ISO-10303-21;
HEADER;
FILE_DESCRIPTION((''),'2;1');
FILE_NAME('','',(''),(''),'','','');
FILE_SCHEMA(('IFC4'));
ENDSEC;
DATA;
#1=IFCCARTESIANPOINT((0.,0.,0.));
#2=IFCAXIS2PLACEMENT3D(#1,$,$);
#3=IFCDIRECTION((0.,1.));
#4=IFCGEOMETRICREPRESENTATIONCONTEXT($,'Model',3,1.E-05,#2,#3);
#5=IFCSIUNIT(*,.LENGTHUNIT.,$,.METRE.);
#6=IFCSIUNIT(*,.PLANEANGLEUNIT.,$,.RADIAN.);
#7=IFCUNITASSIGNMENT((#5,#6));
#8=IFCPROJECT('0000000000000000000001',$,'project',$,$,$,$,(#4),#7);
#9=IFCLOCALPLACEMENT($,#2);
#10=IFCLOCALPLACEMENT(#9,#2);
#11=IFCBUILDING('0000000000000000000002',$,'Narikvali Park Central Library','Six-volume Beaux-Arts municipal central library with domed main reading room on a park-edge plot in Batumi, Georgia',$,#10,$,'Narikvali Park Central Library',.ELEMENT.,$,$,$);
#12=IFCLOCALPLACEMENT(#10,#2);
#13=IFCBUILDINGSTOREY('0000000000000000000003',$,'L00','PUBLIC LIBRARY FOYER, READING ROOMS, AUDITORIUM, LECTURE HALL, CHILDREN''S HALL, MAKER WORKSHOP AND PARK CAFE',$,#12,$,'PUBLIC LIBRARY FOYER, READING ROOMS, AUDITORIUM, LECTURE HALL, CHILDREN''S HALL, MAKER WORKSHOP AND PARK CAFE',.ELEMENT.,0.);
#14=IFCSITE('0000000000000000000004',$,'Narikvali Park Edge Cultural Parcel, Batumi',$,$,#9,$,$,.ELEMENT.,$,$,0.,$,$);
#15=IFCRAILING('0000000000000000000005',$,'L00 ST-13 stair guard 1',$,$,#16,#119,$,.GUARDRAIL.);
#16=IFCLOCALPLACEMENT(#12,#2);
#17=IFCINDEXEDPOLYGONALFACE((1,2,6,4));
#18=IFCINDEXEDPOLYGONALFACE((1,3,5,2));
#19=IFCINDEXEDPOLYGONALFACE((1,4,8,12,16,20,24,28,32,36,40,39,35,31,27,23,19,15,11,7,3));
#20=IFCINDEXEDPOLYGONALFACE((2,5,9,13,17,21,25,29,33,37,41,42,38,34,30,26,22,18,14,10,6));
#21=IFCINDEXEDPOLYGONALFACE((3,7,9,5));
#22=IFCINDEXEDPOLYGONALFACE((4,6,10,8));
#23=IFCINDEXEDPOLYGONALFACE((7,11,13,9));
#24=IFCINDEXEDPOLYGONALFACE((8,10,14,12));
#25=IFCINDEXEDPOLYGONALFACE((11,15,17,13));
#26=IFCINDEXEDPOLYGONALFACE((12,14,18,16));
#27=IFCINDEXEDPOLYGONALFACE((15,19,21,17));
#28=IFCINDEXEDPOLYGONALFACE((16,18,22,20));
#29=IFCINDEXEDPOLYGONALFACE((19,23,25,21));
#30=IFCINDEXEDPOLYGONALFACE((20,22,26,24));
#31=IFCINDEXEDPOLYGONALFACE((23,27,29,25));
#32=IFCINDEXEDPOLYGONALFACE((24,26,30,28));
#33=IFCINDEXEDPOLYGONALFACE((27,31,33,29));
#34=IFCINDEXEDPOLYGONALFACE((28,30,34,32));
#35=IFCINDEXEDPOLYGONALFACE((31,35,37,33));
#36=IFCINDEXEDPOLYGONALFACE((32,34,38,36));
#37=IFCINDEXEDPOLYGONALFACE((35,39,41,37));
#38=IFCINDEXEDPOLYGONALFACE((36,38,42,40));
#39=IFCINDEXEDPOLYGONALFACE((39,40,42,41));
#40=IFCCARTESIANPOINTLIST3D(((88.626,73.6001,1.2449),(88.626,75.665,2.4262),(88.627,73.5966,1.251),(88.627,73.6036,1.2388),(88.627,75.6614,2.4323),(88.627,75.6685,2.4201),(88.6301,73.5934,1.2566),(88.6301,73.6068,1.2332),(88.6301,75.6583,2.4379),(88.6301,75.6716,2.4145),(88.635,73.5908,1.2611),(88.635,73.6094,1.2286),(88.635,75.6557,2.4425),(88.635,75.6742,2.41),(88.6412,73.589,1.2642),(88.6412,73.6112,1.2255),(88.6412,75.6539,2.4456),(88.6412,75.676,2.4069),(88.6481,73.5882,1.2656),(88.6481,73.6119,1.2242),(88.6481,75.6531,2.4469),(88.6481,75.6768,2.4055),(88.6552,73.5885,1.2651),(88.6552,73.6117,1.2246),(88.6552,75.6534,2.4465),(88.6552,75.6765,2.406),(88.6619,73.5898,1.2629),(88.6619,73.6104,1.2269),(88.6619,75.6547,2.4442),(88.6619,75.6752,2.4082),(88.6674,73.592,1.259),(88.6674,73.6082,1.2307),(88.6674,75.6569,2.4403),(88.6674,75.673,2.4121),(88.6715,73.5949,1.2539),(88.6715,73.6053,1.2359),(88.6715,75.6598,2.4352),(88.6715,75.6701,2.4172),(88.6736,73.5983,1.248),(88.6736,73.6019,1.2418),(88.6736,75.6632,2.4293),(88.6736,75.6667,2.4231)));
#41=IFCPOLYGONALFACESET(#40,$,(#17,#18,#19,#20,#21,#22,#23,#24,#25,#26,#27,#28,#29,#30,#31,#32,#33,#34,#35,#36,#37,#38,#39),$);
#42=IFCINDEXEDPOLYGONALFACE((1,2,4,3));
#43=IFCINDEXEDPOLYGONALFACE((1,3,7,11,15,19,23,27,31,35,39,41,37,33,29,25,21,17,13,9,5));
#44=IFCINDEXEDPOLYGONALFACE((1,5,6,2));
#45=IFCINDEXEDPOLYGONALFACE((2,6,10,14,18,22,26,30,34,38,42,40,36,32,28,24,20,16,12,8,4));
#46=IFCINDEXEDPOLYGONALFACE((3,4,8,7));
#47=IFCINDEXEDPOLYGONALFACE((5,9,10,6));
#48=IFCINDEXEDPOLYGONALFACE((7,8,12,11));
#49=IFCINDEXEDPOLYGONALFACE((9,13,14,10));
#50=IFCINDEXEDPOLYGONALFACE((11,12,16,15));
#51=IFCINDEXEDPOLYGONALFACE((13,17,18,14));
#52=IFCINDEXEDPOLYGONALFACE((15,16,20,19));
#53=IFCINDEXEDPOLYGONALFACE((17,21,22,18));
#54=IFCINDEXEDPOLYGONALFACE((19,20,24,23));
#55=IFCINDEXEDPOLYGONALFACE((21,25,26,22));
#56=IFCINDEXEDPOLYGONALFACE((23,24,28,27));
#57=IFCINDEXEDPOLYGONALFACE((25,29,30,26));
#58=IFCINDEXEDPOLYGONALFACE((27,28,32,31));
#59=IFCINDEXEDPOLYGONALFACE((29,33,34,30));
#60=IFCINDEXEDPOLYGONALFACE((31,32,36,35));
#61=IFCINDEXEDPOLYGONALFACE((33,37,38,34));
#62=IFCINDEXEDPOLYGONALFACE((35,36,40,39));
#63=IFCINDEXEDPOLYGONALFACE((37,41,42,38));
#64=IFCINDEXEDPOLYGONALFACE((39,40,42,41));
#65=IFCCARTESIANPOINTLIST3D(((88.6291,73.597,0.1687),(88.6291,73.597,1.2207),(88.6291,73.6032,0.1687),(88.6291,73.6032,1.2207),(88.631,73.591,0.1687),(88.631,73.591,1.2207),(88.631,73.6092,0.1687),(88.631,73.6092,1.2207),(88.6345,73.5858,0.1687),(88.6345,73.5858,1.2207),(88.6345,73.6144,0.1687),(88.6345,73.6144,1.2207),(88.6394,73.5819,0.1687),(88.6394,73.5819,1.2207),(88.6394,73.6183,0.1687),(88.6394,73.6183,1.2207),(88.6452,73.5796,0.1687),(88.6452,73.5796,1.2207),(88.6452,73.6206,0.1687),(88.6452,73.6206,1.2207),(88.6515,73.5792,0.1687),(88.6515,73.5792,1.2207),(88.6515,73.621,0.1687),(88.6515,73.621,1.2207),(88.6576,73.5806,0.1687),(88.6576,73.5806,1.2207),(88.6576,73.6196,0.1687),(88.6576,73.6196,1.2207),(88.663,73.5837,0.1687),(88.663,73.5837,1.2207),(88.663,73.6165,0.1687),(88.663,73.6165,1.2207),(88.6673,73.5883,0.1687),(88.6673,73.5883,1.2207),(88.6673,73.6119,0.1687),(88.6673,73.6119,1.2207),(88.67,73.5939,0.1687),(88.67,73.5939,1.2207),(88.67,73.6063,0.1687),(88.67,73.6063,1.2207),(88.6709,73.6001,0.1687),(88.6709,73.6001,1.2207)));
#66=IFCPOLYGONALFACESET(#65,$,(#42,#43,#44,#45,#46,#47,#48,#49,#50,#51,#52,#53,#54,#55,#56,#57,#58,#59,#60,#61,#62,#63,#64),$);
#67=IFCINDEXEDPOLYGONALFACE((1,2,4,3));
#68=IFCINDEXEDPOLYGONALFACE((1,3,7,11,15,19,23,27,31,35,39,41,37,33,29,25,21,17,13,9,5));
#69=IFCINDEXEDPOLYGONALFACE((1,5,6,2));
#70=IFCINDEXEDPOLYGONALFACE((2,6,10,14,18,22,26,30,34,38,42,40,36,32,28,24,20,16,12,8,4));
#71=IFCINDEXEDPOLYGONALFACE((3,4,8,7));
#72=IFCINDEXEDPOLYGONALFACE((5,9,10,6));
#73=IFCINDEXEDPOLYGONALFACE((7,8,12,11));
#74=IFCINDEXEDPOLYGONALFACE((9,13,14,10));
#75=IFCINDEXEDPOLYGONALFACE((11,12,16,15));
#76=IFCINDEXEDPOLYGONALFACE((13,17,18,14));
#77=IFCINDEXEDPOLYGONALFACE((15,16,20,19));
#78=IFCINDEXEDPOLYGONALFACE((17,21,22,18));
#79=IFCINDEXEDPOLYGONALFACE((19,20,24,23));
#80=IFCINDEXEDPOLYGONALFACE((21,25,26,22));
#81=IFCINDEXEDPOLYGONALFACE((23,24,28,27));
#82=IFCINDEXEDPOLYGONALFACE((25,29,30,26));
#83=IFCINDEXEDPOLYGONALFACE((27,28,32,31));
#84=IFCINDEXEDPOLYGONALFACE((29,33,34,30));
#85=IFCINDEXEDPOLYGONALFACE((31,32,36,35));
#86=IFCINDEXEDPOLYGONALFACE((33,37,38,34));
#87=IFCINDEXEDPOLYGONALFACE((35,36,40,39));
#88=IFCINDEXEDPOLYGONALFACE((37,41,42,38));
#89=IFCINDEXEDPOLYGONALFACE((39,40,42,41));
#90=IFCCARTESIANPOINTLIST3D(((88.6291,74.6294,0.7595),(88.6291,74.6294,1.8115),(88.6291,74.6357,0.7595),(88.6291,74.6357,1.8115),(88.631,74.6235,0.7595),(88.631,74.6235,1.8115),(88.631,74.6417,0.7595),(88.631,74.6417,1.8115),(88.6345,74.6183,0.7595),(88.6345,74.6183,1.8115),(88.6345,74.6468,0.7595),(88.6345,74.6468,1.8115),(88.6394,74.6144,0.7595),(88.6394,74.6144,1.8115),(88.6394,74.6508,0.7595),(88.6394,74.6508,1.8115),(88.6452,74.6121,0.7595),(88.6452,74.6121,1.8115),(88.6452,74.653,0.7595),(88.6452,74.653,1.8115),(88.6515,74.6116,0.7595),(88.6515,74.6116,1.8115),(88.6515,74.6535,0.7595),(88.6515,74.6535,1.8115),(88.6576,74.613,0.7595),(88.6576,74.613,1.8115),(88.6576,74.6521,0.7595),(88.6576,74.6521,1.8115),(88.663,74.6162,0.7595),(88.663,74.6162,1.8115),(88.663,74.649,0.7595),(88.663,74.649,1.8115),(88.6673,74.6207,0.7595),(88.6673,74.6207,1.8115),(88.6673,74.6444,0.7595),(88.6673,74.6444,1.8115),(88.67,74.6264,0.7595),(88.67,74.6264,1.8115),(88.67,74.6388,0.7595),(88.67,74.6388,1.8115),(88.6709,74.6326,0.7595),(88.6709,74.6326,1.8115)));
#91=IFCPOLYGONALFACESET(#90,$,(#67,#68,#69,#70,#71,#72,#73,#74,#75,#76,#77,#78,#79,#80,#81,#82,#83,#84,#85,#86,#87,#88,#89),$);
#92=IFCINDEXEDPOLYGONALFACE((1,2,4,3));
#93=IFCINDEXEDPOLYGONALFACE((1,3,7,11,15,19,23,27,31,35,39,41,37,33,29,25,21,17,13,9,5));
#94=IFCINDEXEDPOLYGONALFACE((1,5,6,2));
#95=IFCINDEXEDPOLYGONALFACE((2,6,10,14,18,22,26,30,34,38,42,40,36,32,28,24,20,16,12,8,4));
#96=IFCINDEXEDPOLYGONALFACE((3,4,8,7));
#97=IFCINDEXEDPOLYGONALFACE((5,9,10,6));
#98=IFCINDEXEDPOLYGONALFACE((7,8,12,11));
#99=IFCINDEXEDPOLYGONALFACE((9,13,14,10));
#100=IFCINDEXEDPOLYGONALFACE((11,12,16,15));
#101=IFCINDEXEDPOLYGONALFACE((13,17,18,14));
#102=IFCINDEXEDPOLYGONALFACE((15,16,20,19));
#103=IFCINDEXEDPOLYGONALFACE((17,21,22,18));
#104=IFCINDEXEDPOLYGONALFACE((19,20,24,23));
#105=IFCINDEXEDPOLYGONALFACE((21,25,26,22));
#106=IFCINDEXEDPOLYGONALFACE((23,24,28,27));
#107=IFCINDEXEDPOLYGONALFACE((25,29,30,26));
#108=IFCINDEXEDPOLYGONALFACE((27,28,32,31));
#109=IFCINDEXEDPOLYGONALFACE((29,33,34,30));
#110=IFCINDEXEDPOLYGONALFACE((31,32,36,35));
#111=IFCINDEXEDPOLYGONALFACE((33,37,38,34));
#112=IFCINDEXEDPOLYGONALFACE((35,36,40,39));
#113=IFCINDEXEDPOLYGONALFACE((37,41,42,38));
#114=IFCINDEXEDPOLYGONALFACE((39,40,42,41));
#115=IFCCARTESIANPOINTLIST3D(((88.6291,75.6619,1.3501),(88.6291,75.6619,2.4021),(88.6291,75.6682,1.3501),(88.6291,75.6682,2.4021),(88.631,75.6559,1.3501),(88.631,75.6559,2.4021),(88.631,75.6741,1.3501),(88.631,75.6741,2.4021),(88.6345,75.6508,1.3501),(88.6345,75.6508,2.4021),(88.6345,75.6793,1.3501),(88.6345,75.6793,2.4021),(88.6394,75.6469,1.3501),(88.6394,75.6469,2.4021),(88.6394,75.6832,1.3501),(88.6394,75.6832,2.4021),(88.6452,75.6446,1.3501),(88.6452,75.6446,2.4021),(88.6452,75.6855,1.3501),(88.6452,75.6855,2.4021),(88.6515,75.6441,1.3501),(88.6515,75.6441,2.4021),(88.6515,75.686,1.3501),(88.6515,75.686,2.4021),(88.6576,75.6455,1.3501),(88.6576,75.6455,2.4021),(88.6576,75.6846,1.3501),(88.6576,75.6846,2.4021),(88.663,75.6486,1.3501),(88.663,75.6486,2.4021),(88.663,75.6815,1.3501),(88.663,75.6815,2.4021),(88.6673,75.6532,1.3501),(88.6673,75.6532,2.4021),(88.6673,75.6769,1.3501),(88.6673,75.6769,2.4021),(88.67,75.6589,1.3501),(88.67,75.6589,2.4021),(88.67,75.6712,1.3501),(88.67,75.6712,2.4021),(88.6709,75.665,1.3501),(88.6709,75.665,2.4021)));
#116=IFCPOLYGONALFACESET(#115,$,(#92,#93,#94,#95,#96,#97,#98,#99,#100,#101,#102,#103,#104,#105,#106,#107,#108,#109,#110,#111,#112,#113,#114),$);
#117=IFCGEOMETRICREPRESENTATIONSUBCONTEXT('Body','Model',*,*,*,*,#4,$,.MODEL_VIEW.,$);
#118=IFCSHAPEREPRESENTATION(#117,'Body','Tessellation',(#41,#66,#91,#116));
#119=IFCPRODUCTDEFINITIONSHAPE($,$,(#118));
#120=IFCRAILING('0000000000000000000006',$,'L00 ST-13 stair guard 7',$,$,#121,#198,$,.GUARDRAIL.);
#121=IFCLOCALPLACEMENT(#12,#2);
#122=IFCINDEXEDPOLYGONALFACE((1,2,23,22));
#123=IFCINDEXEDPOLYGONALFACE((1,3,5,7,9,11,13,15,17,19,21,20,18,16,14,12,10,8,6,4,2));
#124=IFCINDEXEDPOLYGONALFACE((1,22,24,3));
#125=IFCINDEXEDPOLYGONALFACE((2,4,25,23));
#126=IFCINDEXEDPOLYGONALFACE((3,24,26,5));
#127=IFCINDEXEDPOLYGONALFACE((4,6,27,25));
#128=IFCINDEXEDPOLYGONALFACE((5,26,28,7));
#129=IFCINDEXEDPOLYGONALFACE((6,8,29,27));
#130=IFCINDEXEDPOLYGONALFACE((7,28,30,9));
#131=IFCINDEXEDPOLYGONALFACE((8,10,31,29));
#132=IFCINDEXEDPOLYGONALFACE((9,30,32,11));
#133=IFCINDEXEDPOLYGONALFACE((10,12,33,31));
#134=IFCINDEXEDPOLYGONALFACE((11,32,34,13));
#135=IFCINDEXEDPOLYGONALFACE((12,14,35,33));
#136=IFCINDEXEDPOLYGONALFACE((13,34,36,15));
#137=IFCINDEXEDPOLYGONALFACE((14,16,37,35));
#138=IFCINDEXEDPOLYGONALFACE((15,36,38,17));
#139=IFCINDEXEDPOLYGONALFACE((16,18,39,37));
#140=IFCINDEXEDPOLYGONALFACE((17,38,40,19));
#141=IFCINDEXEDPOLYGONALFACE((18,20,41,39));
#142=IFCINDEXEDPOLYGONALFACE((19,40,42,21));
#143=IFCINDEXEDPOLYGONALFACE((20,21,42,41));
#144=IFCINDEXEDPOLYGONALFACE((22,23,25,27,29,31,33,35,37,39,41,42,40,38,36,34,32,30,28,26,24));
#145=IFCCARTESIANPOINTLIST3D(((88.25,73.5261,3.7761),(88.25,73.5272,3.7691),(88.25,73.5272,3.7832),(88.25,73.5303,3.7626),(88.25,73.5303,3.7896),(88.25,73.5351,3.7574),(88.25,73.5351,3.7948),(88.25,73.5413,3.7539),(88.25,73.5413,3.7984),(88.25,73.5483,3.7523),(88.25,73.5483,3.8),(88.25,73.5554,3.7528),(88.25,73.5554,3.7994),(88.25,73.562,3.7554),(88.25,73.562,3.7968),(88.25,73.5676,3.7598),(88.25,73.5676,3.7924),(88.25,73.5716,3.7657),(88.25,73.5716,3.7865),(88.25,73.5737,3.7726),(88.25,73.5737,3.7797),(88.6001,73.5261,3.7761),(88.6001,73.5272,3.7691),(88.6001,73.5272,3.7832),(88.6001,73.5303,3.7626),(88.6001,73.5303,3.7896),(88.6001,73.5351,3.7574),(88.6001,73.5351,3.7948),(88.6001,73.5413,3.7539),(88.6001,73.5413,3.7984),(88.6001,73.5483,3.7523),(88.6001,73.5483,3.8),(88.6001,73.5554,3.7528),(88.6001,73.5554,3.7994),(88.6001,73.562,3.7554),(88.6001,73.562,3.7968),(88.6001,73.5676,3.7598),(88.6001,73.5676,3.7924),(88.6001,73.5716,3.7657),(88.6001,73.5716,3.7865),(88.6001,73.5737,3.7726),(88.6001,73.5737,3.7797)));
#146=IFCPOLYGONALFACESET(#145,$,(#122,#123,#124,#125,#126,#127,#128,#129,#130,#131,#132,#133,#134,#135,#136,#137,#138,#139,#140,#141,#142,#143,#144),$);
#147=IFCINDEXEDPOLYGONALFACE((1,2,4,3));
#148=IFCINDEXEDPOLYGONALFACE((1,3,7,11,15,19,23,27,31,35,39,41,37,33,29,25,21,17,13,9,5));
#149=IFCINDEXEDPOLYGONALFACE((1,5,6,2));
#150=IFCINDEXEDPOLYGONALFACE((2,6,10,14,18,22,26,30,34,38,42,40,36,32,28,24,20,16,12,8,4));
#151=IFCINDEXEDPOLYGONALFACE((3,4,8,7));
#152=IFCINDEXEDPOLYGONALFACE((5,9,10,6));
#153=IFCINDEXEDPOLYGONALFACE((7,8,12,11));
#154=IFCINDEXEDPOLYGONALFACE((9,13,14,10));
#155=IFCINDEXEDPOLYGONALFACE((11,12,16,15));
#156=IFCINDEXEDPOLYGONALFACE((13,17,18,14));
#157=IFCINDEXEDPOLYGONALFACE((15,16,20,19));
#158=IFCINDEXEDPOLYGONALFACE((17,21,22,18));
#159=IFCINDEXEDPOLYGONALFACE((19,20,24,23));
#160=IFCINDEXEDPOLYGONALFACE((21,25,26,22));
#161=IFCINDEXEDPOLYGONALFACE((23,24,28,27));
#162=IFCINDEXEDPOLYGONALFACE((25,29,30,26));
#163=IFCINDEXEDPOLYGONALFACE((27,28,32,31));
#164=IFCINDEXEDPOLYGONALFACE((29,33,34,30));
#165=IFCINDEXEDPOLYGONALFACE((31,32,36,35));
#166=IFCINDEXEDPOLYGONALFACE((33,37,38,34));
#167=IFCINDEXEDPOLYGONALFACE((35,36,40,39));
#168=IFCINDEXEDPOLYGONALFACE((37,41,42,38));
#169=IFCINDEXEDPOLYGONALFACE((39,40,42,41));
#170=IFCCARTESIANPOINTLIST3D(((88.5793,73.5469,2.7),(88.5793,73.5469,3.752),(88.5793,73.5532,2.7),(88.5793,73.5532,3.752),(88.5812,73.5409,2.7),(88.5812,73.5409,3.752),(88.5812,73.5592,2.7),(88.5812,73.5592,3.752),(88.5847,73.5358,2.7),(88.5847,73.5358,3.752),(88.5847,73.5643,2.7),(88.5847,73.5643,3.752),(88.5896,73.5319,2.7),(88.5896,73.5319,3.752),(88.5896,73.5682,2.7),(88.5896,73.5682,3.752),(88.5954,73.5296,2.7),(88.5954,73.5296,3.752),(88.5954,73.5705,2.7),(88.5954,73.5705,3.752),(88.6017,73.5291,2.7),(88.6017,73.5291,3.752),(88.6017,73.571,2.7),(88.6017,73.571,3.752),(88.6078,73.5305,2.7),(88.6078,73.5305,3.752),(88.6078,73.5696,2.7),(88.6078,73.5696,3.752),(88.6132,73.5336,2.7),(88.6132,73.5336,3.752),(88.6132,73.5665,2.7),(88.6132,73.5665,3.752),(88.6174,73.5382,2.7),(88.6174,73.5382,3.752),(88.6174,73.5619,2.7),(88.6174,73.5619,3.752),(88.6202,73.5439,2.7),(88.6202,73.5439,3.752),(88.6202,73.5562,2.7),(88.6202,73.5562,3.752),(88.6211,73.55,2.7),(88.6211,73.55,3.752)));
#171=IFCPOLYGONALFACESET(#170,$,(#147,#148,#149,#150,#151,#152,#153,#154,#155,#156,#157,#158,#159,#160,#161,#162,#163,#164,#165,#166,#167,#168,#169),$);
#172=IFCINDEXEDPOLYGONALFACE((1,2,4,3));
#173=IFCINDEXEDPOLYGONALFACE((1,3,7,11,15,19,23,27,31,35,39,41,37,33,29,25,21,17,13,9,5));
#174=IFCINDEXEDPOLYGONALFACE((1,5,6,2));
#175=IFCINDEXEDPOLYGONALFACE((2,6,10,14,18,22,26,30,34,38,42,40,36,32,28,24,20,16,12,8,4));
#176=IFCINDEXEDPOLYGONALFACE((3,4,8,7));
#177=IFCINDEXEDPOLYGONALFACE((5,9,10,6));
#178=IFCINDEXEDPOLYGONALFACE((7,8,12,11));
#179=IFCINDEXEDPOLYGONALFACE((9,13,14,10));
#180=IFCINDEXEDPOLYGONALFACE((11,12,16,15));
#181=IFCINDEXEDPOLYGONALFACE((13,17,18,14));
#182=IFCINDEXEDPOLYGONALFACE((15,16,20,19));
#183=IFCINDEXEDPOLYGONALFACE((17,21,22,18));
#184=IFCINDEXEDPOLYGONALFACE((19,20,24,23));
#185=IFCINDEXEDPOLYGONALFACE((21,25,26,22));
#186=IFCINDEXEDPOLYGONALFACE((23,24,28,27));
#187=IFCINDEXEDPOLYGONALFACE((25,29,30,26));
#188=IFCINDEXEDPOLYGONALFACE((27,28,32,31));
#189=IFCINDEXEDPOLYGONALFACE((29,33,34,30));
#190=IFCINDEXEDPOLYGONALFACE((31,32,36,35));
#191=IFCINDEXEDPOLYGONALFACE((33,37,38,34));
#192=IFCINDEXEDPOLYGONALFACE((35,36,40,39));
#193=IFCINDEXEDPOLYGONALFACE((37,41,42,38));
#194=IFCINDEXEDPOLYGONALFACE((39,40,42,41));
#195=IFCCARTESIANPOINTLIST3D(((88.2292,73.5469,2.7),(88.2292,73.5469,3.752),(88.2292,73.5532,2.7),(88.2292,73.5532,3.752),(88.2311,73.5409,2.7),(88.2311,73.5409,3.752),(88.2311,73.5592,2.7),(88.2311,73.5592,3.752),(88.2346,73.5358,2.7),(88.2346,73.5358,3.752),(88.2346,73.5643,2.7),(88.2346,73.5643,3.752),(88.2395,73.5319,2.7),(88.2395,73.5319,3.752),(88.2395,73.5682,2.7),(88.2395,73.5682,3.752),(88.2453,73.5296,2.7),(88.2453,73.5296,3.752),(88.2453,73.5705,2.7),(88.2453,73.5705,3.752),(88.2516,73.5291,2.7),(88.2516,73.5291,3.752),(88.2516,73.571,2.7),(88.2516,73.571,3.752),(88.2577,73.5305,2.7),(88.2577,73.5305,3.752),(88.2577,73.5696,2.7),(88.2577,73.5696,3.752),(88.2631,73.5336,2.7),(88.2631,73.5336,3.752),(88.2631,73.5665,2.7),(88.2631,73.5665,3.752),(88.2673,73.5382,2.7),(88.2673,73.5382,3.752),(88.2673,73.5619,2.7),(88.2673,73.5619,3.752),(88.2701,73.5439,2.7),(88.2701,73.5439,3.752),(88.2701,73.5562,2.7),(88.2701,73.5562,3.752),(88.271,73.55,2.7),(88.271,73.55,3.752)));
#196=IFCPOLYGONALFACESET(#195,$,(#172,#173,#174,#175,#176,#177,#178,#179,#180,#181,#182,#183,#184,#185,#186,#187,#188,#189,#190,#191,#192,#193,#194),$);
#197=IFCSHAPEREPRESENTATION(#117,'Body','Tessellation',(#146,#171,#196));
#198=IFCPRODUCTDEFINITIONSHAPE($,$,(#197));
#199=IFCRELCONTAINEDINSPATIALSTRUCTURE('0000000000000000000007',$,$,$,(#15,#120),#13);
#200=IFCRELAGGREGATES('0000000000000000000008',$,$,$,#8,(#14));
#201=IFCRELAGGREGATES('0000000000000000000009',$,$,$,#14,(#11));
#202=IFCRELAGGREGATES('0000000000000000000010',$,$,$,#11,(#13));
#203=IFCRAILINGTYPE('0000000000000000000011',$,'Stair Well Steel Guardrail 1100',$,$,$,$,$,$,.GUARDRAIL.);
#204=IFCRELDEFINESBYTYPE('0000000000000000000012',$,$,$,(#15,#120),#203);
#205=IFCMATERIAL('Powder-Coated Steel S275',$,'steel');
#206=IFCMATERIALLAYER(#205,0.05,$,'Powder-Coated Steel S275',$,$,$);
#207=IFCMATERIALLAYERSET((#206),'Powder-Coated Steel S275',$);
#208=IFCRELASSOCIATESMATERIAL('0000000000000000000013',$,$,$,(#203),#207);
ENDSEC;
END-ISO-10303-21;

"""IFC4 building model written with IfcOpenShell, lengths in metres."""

from ifc_helpers import new_model, si_unit, direction, frame, origin, origin_2d, place, context, subcontext, project, spatial, circle, extrude, material, layer, layer_set, type_object, element, save


model = new_model("IFC4")

# Units and contexts
model_context = context("Model", 3, precision=1e-05, world=origin(), true_north=direction((0.0, 1.0)))
body_context = subcontext(model_context, "Body", "Model", "MODEL_VIEW")
ifc_project = project(units=[si_unit("LENGTHUNIT", "METRE"), si_unit("PLANEANGLEUNIT", "RADIAN")], contexts=[model_context])

# Site, building, storey
site_placement = place(None, origin())
site = spatial("IfcSite", under=ifc_project, at=site_placement, Name="Narikvali Park Edge Cultural Parcel, Batumi", CompositionType="ELEMENT", RefElevation=0.0)
building_placement = place(site_placement, origin())
building = spatial("IfcBuilding", under=site, at=building_placement, Name="Narikvali Park Central Library", Description="Six-volume Beaux-Arts municipal central library with domed main reading room on a park-edge plot in Batumi, Georgia", LongName="Narikvali Park Central Library", CompositionType="ELEMENT")
storey_placement = place(building_placement, origin())
storey = spatial("IfcBuildingStorey", under=building, at=storey_placement, Name="L00", Description="PUBLIC LIBRARY FOYER, READING ROOMS, AUDITORIUM, LECTURE HALL, CHILDREN'S HALL, MAKER WORKSHOP AND PARK CAFE", LongName="PUBLIC LIBRARY FOYER, READING ROOMS, AUDITORIUM, LECTURE HALL, CHILDREN'S HALL, MAKER WORKSHOP AND PARK CAFE", CompositionType="ELEMENT", Elevation=0.0)

# Railings
ifc_material_1 = material(Name="Powder-Coated Steel S275", Category="steel")
ifc_layer_1 = layer(ifc_material_1, 0.05, Name="Powder-Coated Steel S275")
ifc_layer_set_1 = layer_set([ifc_layer_1], Name="Powder-Coated Steel S275")
railing_type_1 = type_object("IfcRailingType", Name="Stair Well Steel Guardrail 1100", PredefinedType="GUARDRAIL", material=ifc_layer_set_1)
railing_1_placement = place(storey_placement, frame((88.6499, 73.6001, 0.1687)))
element("IfcRailing", 1, at=railing_1_placement, inside=storey, type_object=railing_type_1, Name="L00 ST-13 stair guard 1", PredefinedType="GUARDRAIL", context=body_context, shape_type="SweptSolid", body=[
    extrude(circle(Radius=0.0239, at=origin_2d()), frame((0.0, 0.0, 1.0762), z_axis=(0.0, 0.867984, 0.496592), x_axis=(-1.0, 0.0, 0.0)), (0.0, 0.0, 1.0), 2.3789),
    extrude(circle(Radius=0.021, at=origin_2d()), origin(), (0.0, 0.0, 1.0), 1.052),
    extrude(circle(Radius=0.021, at=origin_2d()), frame((0.0, 1.0325, 0.5908)), (0.0, 0.0, 1.0), 1.052),
    extrude(circle(Radius=0.021, at=origin_2d()), frame((0.0, 2.0649, 1.1814)), (0.0, 0.0, 1.0), 1.052),
])
railing_2_placement = place(storey_placement, frame((88.6001, 73.55, 2.7)))
element("IfcRailing", 2, at=railing_2_placement, inside=storey, type_object=railing_type_1, Name="L00 ST-13 stair guard 7", PredefinedType="GUARDRAIL", context=body_context, shape_type="SweptSolid", body=[
    extrude(circle(Radius=0.0239, at=origin_2d()), frame((0.0, 0.0, 1.0762), z_axis=(-1.0, 0.0, 0.0), x_axis=(0.0, -1.0, 0.0)), (0.0, 0.0, 1.0), 0.3501),
    extrude(circle(Radius=0.021, at=origin_2d()), origin(), (0.0, 0.0, 1.0), 1.052),
    extrude(circle(Radius=0.021, at=origin_2d()), frame((-0.3501, 0.0, 0.0)), (0.0, 0.0, 1.0), 1.052),
])

save(model, "model.ifc")
